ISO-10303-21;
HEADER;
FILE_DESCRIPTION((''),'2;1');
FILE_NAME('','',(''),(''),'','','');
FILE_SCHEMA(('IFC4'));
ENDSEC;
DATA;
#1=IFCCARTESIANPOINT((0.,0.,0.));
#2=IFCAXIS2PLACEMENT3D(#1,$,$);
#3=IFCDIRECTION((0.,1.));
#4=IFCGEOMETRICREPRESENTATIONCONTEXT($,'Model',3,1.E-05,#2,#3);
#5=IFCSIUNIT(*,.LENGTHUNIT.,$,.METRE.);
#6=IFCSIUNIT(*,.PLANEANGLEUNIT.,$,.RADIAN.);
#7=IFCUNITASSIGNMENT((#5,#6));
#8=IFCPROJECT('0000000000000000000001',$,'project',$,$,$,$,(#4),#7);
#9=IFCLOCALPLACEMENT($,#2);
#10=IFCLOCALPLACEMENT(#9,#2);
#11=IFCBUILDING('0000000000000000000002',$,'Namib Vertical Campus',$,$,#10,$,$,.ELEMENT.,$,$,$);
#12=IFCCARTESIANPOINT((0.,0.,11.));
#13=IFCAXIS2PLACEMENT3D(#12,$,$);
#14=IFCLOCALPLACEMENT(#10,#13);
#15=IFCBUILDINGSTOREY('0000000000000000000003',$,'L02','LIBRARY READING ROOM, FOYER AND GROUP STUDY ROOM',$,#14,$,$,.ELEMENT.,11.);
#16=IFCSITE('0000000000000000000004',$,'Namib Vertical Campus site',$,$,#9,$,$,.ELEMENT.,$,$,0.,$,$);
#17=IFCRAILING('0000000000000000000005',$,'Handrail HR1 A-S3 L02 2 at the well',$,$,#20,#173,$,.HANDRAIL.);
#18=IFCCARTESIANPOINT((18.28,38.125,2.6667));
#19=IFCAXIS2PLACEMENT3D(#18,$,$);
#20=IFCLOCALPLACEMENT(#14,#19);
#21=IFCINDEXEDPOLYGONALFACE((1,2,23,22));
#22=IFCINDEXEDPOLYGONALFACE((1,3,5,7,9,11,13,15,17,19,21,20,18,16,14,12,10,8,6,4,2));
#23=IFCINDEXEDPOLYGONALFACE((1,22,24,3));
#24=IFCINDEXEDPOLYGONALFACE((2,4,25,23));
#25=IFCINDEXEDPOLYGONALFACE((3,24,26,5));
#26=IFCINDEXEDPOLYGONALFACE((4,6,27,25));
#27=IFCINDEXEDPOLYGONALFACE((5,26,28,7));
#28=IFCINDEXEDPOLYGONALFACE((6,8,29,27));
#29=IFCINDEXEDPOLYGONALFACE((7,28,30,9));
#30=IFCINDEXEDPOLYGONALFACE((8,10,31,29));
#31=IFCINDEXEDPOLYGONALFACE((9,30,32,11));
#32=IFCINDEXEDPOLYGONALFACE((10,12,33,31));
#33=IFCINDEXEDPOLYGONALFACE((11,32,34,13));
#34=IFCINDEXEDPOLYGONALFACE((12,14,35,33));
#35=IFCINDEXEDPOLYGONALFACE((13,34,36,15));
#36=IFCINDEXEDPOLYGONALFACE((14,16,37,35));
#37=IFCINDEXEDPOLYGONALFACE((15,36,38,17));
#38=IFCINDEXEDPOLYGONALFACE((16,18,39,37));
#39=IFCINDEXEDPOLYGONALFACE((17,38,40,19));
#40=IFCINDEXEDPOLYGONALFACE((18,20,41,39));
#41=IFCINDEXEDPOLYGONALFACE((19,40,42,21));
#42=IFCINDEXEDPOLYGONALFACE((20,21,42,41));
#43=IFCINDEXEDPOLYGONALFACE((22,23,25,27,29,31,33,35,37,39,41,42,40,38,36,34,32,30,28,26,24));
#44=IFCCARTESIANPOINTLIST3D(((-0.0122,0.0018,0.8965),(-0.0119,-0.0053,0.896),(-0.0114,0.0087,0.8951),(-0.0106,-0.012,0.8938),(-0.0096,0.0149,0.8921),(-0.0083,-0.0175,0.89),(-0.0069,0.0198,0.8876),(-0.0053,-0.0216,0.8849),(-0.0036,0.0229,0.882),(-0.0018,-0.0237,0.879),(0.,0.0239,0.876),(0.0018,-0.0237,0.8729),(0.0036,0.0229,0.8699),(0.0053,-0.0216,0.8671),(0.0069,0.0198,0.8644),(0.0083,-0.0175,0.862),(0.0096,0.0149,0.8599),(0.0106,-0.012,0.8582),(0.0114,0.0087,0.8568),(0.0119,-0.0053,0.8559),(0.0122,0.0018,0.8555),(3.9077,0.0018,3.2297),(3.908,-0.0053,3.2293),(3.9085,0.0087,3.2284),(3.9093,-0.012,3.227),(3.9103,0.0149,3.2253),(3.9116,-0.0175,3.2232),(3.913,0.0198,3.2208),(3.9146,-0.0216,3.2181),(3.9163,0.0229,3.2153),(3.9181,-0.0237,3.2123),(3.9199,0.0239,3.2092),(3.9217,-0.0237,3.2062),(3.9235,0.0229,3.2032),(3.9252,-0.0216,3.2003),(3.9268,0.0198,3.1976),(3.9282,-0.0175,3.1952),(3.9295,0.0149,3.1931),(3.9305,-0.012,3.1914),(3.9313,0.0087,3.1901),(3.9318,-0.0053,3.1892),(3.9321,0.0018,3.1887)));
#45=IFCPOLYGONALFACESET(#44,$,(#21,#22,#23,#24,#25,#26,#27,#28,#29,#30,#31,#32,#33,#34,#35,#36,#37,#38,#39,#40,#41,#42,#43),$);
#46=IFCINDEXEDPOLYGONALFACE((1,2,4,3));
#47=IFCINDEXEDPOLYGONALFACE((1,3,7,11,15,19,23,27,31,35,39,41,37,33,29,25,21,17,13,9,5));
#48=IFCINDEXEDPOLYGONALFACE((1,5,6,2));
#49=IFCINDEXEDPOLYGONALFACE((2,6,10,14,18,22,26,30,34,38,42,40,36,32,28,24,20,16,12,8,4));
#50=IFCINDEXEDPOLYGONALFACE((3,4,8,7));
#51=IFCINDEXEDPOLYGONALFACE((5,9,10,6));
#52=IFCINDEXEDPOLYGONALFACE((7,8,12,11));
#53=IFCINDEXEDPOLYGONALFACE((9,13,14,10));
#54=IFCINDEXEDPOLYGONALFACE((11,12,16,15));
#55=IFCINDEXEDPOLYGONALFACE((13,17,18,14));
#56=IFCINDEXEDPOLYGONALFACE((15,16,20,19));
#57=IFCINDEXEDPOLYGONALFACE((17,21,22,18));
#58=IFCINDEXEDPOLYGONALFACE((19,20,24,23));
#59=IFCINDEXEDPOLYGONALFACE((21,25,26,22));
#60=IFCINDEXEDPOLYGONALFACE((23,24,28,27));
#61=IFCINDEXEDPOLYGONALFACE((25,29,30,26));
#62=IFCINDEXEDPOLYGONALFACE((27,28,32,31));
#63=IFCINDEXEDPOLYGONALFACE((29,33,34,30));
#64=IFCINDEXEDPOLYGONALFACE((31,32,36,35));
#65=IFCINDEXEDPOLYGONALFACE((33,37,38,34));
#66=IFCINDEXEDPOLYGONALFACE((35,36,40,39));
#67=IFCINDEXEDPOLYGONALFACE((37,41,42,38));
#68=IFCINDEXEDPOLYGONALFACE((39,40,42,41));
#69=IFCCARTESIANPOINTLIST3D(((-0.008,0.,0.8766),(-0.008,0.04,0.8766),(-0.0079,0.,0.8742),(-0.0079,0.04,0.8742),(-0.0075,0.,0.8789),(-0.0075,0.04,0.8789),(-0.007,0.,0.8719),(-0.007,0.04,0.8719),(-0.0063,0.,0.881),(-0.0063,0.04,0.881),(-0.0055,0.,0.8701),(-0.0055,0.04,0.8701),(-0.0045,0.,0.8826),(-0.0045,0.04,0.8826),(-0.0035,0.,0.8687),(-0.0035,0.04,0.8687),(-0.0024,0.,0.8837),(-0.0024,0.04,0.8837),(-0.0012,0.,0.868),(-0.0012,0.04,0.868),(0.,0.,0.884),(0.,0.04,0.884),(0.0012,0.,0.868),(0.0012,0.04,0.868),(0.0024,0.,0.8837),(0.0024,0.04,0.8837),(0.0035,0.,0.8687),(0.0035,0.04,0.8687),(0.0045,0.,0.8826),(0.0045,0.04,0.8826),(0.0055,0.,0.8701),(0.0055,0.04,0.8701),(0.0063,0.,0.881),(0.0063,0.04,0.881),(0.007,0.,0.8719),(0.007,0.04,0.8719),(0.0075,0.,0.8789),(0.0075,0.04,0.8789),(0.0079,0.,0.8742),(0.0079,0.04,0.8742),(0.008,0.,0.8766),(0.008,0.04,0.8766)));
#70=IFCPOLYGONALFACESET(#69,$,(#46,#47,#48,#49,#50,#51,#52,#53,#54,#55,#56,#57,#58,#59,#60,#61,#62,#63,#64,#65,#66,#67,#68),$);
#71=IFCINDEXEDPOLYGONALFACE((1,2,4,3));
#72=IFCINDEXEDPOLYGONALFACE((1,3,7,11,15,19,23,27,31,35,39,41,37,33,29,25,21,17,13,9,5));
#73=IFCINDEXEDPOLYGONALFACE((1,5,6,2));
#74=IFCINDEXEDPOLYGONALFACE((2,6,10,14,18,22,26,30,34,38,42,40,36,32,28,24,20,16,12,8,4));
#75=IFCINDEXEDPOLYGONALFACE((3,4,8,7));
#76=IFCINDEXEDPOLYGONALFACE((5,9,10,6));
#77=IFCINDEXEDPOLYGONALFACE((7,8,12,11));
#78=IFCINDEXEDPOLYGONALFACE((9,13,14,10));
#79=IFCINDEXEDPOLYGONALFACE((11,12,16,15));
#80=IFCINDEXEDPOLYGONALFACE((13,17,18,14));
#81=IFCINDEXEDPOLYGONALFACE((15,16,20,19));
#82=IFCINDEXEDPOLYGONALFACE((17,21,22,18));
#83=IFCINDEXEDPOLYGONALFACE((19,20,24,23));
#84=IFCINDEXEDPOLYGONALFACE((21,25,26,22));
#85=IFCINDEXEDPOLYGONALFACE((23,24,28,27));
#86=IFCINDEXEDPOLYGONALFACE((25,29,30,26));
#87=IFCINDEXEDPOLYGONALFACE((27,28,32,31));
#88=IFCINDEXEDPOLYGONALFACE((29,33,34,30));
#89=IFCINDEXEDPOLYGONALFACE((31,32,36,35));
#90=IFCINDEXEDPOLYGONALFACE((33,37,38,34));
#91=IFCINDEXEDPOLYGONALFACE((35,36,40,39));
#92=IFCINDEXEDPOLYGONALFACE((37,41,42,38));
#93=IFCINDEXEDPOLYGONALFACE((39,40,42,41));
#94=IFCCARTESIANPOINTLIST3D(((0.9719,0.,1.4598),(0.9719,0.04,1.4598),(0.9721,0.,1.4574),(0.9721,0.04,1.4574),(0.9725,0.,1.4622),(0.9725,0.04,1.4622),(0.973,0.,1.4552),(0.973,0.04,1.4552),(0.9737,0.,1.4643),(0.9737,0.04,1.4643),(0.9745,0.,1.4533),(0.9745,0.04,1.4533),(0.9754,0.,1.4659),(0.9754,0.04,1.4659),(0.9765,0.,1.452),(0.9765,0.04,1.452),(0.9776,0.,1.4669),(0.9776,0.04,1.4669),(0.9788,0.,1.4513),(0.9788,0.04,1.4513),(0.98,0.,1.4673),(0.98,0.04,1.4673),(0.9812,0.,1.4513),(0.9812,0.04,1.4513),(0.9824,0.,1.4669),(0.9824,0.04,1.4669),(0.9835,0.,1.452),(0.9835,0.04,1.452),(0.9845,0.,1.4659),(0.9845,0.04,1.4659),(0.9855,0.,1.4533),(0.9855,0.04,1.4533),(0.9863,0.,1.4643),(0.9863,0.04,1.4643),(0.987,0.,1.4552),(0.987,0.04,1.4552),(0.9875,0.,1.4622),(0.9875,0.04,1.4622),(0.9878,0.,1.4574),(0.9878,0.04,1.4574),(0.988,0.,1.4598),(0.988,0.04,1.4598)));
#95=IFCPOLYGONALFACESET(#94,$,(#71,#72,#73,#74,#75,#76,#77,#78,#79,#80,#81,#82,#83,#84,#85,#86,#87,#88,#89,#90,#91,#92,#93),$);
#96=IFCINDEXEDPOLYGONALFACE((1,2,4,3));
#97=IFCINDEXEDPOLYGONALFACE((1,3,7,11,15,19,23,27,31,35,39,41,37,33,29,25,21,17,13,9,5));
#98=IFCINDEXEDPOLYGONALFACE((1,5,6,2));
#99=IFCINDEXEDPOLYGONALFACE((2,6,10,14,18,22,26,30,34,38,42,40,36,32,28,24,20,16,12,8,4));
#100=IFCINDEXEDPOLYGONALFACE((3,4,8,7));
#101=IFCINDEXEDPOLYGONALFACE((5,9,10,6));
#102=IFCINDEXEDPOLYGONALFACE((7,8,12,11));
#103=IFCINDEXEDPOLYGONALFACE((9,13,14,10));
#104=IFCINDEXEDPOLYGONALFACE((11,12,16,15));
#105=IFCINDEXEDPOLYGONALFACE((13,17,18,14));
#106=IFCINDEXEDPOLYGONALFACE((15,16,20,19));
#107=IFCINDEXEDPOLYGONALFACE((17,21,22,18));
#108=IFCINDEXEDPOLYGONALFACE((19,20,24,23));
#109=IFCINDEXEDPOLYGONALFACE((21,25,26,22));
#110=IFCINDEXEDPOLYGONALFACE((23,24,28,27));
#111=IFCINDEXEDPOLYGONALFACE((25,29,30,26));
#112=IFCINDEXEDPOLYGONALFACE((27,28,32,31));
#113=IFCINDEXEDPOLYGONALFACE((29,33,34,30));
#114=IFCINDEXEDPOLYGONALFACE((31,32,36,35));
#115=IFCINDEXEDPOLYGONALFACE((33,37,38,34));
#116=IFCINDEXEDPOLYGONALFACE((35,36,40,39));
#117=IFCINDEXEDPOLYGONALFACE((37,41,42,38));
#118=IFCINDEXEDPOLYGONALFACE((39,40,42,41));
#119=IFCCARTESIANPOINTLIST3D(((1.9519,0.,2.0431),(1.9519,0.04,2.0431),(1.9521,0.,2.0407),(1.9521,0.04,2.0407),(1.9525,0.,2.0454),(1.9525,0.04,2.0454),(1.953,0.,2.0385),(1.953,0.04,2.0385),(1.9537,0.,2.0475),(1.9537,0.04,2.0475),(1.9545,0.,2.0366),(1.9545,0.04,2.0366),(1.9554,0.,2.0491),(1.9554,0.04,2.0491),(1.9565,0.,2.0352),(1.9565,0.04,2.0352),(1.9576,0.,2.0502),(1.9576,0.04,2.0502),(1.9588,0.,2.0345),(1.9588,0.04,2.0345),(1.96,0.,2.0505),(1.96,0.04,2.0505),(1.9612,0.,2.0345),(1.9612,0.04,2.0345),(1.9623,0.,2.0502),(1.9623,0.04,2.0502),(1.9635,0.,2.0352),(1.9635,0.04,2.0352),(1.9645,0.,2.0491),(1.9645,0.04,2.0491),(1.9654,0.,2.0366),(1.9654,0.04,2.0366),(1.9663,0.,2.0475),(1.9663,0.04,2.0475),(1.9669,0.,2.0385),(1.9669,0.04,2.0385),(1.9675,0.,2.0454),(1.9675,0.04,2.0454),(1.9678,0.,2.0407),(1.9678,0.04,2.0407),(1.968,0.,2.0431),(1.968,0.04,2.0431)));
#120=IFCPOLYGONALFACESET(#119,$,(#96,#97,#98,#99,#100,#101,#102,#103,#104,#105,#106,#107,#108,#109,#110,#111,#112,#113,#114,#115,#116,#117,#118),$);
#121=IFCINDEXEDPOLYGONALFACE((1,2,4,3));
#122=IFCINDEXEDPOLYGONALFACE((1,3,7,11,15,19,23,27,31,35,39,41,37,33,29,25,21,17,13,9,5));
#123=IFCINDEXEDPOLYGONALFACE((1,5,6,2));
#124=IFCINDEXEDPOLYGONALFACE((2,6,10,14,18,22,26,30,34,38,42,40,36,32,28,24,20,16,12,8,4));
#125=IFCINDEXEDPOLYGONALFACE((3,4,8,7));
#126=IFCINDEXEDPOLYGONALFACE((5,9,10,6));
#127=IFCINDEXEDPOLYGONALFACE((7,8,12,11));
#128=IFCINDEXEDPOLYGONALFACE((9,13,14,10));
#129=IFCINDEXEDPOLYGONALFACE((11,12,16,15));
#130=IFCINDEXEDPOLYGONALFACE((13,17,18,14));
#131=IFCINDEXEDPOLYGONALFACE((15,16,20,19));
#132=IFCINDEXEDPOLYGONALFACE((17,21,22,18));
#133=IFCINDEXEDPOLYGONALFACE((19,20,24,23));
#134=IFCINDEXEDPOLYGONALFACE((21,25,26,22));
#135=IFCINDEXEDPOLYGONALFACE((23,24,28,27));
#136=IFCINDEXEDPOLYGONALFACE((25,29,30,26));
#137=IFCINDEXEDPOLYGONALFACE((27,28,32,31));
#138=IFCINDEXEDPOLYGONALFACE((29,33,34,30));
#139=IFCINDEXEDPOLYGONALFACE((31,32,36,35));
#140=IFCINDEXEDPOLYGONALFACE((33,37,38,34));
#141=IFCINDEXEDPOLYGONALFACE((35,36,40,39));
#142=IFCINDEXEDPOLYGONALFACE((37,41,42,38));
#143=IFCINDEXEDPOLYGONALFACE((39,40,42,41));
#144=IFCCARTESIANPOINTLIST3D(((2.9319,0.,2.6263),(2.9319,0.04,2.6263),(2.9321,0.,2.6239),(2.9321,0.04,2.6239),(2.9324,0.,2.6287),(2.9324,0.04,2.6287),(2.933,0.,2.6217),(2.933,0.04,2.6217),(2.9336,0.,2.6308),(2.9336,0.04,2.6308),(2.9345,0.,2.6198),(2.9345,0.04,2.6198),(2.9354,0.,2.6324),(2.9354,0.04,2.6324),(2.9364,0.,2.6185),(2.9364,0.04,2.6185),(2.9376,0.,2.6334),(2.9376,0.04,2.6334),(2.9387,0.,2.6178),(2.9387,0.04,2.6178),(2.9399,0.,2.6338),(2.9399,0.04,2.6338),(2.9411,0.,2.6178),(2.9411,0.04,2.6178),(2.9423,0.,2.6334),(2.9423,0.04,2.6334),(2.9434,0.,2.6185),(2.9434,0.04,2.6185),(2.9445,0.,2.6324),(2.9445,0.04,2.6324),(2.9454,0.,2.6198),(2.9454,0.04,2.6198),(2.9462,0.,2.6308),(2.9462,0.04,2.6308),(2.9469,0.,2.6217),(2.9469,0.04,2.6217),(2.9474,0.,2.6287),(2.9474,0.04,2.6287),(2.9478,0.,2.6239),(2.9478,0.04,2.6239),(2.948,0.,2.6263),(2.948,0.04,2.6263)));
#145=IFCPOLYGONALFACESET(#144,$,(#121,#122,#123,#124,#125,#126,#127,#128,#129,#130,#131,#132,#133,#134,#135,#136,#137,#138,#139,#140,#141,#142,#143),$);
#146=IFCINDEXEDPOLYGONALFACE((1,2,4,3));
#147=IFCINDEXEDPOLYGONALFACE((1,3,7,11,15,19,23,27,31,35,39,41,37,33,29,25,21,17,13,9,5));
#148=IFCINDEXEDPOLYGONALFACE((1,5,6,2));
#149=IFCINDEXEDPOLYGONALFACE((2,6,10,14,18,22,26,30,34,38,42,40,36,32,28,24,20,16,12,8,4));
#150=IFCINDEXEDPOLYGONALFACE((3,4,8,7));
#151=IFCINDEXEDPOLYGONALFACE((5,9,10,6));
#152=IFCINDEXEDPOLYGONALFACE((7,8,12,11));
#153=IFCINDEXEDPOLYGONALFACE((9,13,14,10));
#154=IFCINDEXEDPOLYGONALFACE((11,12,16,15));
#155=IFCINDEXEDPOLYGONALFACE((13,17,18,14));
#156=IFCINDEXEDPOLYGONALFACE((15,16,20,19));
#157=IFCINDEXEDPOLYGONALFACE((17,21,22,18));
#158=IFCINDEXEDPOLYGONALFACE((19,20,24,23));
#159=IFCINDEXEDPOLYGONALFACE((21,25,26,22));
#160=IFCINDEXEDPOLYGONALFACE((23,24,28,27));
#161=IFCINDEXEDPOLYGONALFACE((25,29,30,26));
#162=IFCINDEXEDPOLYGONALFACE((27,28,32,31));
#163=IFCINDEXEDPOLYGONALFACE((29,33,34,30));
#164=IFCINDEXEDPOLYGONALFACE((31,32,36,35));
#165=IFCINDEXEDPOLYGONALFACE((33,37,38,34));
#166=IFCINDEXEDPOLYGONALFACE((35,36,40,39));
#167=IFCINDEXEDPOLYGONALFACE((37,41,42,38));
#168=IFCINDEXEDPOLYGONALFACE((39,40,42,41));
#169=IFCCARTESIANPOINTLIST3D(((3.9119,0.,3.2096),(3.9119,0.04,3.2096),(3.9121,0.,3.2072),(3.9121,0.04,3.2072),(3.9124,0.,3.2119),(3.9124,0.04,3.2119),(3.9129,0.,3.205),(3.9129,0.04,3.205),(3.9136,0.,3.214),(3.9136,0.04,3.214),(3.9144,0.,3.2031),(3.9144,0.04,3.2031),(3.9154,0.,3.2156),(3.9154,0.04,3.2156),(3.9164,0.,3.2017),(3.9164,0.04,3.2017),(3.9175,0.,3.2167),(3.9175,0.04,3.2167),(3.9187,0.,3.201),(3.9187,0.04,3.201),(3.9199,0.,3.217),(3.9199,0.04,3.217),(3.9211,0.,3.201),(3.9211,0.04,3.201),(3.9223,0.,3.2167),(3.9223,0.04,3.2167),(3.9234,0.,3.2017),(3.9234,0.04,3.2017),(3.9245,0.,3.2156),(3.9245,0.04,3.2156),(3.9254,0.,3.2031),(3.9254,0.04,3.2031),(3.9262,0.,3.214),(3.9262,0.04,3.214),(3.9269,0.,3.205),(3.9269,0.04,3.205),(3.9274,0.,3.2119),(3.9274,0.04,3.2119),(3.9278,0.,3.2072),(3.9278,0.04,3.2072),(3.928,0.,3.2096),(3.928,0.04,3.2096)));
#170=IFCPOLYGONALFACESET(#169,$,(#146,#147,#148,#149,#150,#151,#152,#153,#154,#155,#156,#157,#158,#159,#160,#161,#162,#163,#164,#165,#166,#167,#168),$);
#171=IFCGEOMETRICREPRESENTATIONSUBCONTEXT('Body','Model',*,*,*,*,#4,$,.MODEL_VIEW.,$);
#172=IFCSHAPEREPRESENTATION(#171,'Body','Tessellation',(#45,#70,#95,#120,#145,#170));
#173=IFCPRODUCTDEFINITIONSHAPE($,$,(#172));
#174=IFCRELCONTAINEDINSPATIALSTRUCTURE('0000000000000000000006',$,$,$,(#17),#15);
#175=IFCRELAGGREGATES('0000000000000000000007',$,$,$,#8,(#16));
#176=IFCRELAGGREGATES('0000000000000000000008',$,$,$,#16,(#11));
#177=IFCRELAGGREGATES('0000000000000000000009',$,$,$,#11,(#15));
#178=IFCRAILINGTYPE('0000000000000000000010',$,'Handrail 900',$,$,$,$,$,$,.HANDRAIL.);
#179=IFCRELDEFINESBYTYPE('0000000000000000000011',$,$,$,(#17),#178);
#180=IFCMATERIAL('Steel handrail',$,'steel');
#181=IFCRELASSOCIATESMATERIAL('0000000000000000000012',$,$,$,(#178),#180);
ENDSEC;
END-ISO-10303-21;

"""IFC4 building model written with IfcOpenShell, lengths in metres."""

from ifc_helpers import new_model, si_unit, direction, frame, origin, origin_2d, place, context, subcontext, project, spatial, circle, extrude, material, type_object, element, save


model = new_model("IFC4")

# Units and contexts
model_context = context("Model", 3, precision=1e-05, world=origin(), true_north=direction((0.0, 1.0)))
body_context = subcontext(model_context, "Body", "Model", "MODEL_VIEW")
ifc_project = project(units=[si_unit("LENGTHUNIT", "METRE"), si_unit("PLANEANGLEUNIT", "RADIAN")], contexts=[model_context])

# Site, building, storey
site_placement = place(None, origin())
site = spatial("IfcSite", under=ifc_project, at=site_placement, Name="Namib Vertical Campus site", CompositionType="ELEMENT", RefElevation=0.0)
building_placement = place(site_placement, origin())
building = spatial("IfcBuilding", under=site, at=building_placement, Name="Namib Vertical Campus", CompositionType="ELEMENT")
storey_placement = place(building_placement, frame((0.0, 0.0, 11.0)))
storey = spatial("IfcBuildingStorey", under=building, at=storey_placement, Name="L02", Description="LIBRARY READING ROOM, FOYER AND GROUP STUDY ROOM", CompositionType="ELEMENT", Elevation=11.0)

# Railing
ifc_material_1 = material(Name="Steel handrail", Category="steel")
railing_type_1 = type_object("IfcRailingType", Name="Handrail 900", PredefinedType="HANDRAIL", material=ifc_material_1)
railing_1_placement = place(storey_placement, frame((18.28, 38.125, 2.6667)))
element("IfcRailing", 1, at=railing_1_placement, inside=storey, type_object=railing_type_1, Name="Handrail HR1 A-S3 L02 2 at the well", PredefinedType="HANDRAIL", context=body_context, shape_type="SweptSolid", body=[
    extrude(circle(Radius=0.0239, at=origin_2d()), frame((0.0, 0.0, 0.876), z_axis=(0.859296, 0.0, 0.511478), x_axis=(0.0, 1.0, 0.0)), (0.0, 0.0, 1.0), 4.5618),
    extrude(circle(Radius=0.0081, at=origin_2d()), frame((0.0, 0.0, 0.876), z_axis=(0.0, 1.0, 0.0), x_axis=(0.0, 0.0, 1.0)), (0.0, 0.0, 1.0), 0.04),
    extrude(circle(Radius=0.0081, at=origin_2d()), frame((0.98, 0.0, 1.4592), z_axis=(0.0, 1.0, 0.0), x_axis=(0.0, 0.0, 1.0)), (0.0, 0.0, 1.0), 0.04),
    extrude(circle(Radius=0.0081, at=origin_2d()), frame((1.96, 0.0, 2.0425), z_axis=(0.0, 1.0, 0.0), x_axis=(0.0, 0.0, 1.0)), (0.0, 0.0, 1.0), 0.04),
    extrude(circle(Radius=0.0081, at=origin_2d()), frame((2.9399, 0.0, 2.6257), z_axis=(0.0, 1.0, 0.0), x_axis=(0.0, 0.0, 1.0)), (0.0, 0.0, 1.0), 0.04),
    extrude(circle(Radius=0.0081, at=origin_2d()), frame((3.9199, 0.0, 3.209), z_axis=(0.0, 1.0, 0.0), x_axis=(0.0, 0.0, 1.0)), (0.0, 0.0, 1.0), 0.04),
])

save(model, "model.ifc")
